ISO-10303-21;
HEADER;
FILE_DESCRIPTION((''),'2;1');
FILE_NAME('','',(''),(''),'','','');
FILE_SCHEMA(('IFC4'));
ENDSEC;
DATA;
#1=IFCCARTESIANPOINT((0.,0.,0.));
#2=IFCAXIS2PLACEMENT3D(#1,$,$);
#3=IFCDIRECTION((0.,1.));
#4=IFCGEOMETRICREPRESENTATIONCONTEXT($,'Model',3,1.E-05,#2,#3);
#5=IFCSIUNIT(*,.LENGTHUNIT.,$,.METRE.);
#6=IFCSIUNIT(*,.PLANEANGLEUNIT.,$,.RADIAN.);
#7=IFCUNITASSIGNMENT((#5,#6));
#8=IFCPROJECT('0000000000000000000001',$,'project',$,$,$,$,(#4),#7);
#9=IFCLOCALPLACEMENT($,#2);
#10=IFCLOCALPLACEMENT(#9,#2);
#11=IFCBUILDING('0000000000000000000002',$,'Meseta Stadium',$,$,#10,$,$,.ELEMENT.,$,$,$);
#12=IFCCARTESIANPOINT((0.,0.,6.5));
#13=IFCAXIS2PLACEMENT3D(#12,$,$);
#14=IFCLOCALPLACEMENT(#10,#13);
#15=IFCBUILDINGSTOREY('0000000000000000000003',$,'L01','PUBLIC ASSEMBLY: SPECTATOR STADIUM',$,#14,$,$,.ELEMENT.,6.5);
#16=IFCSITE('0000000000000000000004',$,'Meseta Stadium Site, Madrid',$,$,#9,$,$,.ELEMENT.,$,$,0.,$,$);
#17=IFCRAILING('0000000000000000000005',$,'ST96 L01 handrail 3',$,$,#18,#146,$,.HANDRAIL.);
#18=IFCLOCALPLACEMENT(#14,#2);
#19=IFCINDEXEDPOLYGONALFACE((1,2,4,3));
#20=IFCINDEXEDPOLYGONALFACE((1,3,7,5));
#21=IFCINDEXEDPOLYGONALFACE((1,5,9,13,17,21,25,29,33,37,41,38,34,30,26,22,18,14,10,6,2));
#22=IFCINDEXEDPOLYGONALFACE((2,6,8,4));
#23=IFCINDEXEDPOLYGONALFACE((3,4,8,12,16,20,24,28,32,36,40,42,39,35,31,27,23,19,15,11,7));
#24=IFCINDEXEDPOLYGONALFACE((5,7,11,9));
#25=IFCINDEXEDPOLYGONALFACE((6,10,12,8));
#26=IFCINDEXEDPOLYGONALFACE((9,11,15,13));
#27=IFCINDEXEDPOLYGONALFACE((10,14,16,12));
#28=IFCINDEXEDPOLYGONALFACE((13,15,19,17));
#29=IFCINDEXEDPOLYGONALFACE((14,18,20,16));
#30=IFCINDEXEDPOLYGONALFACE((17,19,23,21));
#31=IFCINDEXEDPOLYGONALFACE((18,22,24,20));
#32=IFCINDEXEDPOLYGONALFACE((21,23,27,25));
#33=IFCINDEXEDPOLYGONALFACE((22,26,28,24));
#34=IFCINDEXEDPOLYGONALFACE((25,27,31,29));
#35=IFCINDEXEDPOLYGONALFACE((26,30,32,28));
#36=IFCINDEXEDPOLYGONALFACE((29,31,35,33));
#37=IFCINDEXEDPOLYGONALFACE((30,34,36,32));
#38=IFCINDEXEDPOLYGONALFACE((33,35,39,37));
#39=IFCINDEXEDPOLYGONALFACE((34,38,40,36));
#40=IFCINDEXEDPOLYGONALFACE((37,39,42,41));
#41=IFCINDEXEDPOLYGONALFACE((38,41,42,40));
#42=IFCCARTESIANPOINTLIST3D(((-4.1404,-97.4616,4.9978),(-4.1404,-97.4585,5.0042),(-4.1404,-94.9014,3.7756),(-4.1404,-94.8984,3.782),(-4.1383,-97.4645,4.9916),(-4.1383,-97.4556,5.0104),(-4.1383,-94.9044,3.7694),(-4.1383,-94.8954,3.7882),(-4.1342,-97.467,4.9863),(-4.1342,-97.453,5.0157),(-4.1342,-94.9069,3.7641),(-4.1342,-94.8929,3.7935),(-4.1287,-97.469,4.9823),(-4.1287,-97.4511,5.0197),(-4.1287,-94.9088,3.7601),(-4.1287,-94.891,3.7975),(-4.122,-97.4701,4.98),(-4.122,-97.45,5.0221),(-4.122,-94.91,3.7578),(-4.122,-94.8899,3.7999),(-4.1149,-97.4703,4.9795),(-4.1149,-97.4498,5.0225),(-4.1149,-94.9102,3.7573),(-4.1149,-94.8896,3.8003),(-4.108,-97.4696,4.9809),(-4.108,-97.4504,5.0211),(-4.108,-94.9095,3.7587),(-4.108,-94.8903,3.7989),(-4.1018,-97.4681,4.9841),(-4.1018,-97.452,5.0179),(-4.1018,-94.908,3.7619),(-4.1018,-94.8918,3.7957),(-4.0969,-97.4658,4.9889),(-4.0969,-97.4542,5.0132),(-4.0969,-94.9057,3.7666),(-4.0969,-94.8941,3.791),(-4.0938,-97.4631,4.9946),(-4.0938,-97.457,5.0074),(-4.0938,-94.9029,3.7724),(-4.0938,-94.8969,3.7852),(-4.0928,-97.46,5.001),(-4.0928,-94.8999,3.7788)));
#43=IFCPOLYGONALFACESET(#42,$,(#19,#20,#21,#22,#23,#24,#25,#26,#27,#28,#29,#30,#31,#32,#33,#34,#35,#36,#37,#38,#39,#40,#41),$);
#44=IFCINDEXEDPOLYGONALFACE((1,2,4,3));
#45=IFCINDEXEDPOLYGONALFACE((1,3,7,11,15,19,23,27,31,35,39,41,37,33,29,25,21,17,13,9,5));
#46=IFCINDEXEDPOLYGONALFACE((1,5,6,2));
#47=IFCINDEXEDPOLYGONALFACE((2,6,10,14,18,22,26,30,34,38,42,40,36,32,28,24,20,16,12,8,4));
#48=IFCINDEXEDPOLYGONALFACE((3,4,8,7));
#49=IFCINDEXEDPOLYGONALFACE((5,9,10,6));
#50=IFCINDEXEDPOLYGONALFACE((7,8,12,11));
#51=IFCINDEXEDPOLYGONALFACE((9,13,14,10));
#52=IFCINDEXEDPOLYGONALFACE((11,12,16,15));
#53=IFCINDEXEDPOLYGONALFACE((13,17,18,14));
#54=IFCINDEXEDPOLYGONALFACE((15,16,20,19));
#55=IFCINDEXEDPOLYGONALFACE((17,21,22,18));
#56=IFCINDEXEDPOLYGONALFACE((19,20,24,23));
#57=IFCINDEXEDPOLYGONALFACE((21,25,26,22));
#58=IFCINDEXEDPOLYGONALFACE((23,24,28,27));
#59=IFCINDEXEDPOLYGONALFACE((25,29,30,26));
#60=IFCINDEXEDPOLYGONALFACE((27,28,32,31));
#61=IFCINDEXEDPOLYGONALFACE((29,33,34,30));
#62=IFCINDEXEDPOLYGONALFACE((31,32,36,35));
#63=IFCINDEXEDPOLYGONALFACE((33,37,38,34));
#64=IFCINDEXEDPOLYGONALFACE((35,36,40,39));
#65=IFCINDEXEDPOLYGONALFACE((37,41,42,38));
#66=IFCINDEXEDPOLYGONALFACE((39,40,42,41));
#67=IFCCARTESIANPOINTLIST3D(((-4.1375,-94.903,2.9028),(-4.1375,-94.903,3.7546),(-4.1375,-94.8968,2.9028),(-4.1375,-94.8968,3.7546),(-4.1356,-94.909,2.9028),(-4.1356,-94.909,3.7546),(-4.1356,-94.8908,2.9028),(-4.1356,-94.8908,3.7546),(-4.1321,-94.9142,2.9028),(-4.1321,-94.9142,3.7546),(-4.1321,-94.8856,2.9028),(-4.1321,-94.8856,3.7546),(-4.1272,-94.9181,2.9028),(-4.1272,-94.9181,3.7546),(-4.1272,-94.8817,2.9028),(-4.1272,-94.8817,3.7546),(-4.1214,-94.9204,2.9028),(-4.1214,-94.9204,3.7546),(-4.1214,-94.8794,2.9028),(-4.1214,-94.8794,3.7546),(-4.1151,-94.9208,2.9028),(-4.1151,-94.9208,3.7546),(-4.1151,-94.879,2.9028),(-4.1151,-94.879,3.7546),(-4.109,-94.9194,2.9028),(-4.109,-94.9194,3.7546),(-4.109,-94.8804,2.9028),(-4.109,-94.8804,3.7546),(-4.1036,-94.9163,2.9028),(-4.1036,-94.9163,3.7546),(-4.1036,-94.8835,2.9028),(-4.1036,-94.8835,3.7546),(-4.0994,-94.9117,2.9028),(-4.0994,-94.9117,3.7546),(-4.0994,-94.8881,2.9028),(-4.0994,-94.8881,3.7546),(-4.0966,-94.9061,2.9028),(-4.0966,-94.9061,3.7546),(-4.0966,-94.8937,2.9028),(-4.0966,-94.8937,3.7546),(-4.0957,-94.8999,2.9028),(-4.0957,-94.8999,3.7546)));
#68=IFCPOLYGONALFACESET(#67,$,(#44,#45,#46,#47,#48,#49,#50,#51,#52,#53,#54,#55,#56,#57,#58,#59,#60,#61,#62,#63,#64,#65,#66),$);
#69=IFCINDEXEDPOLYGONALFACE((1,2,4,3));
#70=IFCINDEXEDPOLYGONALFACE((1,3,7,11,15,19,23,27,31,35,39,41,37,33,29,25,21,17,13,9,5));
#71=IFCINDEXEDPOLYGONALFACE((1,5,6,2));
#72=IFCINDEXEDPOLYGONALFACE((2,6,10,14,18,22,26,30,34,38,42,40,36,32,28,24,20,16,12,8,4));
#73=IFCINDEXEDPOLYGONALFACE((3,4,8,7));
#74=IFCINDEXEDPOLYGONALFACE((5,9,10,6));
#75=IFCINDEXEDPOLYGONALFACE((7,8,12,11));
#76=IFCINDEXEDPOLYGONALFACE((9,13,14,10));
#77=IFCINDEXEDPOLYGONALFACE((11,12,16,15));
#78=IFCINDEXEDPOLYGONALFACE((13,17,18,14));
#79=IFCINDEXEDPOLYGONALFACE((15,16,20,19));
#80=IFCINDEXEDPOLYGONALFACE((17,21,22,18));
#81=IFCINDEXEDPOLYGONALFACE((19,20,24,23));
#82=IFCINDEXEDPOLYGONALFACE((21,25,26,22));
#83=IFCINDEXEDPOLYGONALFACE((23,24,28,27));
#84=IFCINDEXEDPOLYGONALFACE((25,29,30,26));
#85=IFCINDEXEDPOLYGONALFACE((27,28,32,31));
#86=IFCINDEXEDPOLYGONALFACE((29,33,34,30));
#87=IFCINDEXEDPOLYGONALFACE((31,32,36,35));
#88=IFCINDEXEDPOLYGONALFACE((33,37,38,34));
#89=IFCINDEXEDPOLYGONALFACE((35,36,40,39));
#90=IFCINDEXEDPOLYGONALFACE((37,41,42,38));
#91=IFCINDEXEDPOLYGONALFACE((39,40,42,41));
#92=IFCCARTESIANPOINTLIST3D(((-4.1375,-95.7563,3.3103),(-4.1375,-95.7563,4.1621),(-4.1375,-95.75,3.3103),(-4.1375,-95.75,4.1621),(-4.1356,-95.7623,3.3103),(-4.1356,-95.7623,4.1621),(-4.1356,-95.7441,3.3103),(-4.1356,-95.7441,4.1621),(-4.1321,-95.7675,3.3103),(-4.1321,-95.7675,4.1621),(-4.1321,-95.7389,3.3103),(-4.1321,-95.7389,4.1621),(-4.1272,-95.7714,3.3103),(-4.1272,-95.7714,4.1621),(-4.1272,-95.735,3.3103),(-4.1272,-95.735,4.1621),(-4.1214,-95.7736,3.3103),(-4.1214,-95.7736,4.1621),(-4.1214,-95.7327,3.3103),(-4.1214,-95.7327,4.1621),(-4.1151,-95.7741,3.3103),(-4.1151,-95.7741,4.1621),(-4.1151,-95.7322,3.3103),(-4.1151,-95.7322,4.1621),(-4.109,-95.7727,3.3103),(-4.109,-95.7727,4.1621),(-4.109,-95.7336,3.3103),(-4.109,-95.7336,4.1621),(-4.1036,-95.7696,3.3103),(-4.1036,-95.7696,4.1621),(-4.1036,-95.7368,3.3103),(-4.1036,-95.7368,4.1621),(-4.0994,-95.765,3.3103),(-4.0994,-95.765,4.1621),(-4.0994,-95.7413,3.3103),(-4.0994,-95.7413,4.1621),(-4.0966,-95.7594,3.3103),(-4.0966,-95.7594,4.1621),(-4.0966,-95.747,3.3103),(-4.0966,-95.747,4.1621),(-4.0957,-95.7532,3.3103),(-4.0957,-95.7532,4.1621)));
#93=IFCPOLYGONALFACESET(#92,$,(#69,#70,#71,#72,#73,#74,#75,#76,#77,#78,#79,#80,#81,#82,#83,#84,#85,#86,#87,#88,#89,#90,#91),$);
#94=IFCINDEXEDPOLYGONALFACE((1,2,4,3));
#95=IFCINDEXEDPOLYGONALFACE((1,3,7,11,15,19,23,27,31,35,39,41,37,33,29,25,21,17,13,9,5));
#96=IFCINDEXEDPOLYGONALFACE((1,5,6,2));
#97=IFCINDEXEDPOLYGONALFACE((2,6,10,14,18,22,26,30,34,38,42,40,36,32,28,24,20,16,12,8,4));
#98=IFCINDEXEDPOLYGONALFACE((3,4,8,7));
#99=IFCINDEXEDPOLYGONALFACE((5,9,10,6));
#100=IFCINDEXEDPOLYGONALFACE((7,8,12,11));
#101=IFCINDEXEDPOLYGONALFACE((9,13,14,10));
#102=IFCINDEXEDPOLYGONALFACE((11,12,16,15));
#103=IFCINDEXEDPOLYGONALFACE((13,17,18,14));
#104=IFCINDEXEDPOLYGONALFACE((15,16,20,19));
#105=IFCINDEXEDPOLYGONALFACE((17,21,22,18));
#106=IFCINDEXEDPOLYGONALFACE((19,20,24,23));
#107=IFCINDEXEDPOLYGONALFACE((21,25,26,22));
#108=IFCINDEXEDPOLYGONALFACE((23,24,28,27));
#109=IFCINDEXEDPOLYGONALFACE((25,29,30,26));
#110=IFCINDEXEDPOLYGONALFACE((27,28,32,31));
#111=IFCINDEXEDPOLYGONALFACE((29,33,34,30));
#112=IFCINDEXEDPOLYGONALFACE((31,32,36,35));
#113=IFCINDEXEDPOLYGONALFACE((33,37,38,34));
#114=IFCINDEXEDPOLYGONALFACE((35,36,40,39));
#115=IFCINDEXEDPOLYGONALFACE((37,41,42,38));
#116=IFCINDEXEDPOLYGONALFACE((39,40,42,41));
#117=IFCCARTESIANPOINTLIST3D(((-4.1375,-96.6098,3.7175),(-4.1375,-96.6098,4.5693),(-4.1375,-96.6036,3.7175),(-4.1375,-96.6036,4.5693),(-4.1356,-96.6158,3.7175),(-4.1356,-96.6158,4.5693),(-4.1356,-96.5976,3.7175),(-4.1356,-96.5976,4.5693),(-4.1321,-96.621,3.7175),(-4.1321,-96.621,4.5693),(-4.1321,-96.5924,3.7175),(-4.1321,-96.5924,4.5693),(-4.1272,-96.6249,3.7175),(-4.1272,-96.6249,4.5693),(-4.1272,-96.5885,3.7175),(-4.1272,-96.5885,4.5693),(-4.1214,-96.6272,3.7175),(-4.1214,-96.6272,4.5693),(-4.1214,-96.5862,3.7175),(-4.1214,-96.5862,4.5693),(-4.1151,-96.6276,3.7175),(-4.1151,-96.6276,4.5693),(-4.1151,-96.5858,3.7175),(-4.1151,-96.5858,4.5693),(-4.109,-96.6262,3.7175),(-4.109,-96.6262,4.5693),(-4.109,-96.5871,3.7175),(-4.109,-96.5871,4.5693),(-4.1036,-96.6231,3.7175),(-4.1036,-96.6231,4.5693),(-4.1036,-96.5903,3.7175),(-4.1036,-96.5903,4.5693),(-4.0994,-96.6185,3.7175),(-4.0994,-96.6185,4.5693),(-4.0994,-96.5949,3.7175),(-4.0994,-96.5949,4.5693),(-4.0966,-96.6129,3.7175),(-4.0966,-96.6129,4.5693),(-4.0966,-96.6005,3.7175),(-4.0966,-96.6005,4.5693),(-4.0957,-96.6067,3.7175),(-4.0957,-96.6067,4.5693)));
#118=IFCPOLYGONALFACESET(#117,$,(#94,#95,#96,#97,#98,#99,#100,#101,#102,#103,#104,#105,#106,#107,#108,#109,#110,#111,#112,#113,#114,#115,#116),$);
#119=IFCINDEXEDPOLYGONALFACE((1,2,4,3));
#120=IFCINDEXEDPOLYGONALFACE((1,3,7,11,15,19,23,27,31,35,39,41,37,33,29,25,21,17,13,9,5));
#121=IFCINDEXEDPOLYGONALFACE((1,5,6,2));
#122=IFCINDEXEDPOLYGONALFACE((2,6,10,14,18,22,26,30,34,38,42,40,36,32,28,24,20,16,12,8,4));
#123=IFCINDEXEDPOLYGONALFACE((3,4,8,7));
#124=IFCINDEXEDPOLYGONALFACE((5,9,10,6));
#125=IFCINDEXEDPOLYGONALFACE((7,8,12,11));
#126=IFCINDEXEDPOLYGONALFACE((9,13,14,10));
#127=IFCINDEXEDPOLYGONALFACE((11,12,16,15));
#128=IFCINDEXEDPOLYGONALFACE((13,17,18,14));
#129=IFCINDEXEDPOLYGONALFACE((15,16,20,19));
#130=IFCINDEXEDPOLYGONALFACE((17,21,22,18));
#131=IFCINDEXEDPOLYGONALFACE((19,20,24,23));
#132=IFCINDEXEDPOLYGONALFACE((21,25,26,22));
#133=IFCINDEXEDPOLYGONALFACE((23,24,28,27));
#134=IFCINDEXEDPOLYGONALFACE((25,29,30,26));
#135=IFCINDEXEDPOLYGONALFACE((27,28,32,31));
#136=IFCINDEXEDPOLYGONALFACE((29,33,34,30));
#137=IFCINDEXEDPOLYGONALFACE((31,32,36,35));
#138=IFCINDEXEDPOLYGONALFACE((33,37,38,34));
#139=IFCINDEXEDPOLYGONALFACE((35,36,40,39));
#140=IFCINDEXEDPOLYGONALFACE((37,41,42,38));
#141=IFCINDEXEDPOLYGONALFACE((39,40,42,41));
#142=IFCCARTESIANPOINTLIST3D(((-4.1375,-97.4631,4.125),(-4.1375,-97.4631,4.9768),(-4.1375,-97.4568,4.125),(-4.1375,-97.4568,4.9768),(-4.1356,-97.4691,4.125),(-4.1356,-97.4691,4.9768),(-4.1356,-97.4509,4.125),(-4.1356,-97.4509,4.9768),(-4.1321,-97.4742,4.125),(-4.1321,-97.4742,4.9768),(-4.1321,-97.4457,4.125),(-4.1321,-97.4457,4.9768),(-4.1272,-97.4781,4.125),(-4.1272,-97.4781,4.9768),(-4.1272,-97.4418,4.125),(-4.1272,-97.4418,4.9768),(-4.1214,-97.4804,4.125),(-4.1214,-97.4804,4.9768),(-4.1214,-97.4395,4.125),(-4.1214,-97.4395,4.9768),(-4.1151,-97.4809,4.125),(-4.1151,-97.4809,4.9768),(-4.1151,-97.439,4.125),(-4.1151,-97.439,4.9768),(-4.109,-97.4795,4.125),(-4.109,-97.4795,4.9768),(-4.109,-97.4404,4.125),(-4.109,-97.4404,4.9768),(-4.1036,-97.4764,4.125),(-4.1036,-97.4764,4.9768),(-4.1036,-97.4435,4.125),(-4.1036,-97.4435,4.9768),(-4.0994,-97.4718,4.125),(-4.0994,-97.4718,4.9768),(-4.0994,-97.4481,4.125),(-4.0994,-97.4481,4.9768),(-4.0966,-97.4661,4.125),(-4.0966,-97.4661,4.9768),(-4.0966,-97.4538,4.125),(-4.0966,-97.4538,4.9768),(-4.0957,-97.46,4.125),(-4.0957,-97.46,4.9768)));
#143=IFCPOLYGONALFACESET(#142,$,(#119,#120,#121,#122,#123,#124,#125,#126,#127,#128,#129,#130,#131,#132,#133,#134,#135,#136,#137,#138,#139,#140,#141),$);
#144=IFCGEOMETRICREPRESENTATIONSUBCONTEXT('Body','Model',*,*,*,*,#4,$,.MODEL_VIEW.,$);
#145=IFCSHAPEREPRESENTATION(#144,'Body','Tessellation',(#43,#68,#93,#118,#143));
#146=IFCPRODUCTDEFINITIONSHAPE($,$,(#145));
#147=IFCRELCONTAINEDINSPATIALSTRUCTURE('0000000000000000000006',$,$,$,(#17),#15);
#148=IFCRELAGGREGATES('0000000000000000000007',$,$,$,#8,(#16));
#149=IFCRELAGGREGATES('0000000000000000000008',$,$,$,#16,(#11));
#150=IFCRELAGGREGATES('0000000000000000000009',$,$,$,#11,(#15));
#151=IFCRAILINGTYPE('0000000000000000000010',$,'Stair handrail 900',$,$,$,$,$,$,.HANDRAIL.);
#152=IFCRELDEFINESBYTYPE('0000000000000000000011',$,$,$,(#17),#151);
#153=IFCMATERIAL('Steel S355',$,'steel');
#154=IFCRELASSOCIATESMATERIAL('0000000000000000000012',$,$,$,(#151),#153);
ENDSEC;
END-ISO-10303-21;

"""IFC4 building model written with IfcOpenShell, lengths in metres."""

from ifc_helpers import new_model, si_unit, direction, frame, origin, origin_2d, place, context, subcontext, project, spatial, circle, extrude, material, type_object, element, save


model = new_model("IFC4")

# Units and contexts
model_context = context("Model", 3, precision=1e-05, world=origin(), true_north=direction((0.0, 1.0)))
body_context = subcontext(model_context, "Body", "Model", "MODEL_VIEW")
ifc_project = project(units=[si_unit("LENGTHUNIT", "METRE"), si_unit("PLANEANGLEUNIT", "RADIAN")], contexts=[model_context])

# Site, building, storey
site_placement = place(None, origin())
site = spatial("IfcSite", under=ifc_project, at=site_placement, Name="Meseta Stadium Site, Madrid", CompositionType="ELEMENT", RefElevation=0.0)
building_placement = place(site_placement, origin())
building = spatial("IfcBuilding", under=site, at=building_placement, Name="Meseta Stadium", CompositionType="ELEMENT")
storey_placement = place(building_placement, frame((0.0, 0.0, 6.5)))
storey = spatial("IfcBuildingStorey", under=building, at=storey_placement, Name="L01", Description="PUBLIC ASSEMBLY: SPECTATOR STADIUM", CompositionType="ELEMENT", Elevation=6.5)

# Railing
ifc_material_1 = material(Name="Steel S355", Category="steel")
railing_type_1 = type_object("IfcRailingType", Name="Stair handrail 900", PredefinedType="HANDRAIL", material=ifc_material_1)
railing_1_placement = place(storey_placement, frame((-4.1167, -94.8999, 2.9028)))
element("IfcRailing", 1, at=railing_1_placement, inside=storey, type_object=railing_type_1, Name="ST96 L01 handrail 3", PredefinedType="HANDRAIL", context=body_context, shape_type="SweptSolid", body=[
    extrude(circle(Radius=0.0239, at=origin_2d()), frame((0.0, 0.0, 0.876), z_axis=(0.0, -0.902437, 0.430822), x_axis=(1.0, 0.0, 0.0)), (0.0, 0.0, 1.0), 2.8369),
    extrude(circle(Radius=0.021, at=origin_2d()), origin(), (0.0, 0.0, 1.0), 0.8518),
    extrude(circle(Radius=0.021, at=origin_2d()), frame((0.0, -0.8533, 0.4075)), (0.0, 0.0, 1.0), 0.8518),
    extrude(circle(Radius=0.021, at=origin_2d()), frame((0.0, -1.7068, 0.8147)), (0.0, 0.0, 1.0), 0.8518),
    extrude(circle(Radius=0.021, at=origin_2d()), frame((0.0, -2.5601, 1.2222)), (0.0, 0.0, 1.0), 0.8518),
])

save(model, "model.ifc")
